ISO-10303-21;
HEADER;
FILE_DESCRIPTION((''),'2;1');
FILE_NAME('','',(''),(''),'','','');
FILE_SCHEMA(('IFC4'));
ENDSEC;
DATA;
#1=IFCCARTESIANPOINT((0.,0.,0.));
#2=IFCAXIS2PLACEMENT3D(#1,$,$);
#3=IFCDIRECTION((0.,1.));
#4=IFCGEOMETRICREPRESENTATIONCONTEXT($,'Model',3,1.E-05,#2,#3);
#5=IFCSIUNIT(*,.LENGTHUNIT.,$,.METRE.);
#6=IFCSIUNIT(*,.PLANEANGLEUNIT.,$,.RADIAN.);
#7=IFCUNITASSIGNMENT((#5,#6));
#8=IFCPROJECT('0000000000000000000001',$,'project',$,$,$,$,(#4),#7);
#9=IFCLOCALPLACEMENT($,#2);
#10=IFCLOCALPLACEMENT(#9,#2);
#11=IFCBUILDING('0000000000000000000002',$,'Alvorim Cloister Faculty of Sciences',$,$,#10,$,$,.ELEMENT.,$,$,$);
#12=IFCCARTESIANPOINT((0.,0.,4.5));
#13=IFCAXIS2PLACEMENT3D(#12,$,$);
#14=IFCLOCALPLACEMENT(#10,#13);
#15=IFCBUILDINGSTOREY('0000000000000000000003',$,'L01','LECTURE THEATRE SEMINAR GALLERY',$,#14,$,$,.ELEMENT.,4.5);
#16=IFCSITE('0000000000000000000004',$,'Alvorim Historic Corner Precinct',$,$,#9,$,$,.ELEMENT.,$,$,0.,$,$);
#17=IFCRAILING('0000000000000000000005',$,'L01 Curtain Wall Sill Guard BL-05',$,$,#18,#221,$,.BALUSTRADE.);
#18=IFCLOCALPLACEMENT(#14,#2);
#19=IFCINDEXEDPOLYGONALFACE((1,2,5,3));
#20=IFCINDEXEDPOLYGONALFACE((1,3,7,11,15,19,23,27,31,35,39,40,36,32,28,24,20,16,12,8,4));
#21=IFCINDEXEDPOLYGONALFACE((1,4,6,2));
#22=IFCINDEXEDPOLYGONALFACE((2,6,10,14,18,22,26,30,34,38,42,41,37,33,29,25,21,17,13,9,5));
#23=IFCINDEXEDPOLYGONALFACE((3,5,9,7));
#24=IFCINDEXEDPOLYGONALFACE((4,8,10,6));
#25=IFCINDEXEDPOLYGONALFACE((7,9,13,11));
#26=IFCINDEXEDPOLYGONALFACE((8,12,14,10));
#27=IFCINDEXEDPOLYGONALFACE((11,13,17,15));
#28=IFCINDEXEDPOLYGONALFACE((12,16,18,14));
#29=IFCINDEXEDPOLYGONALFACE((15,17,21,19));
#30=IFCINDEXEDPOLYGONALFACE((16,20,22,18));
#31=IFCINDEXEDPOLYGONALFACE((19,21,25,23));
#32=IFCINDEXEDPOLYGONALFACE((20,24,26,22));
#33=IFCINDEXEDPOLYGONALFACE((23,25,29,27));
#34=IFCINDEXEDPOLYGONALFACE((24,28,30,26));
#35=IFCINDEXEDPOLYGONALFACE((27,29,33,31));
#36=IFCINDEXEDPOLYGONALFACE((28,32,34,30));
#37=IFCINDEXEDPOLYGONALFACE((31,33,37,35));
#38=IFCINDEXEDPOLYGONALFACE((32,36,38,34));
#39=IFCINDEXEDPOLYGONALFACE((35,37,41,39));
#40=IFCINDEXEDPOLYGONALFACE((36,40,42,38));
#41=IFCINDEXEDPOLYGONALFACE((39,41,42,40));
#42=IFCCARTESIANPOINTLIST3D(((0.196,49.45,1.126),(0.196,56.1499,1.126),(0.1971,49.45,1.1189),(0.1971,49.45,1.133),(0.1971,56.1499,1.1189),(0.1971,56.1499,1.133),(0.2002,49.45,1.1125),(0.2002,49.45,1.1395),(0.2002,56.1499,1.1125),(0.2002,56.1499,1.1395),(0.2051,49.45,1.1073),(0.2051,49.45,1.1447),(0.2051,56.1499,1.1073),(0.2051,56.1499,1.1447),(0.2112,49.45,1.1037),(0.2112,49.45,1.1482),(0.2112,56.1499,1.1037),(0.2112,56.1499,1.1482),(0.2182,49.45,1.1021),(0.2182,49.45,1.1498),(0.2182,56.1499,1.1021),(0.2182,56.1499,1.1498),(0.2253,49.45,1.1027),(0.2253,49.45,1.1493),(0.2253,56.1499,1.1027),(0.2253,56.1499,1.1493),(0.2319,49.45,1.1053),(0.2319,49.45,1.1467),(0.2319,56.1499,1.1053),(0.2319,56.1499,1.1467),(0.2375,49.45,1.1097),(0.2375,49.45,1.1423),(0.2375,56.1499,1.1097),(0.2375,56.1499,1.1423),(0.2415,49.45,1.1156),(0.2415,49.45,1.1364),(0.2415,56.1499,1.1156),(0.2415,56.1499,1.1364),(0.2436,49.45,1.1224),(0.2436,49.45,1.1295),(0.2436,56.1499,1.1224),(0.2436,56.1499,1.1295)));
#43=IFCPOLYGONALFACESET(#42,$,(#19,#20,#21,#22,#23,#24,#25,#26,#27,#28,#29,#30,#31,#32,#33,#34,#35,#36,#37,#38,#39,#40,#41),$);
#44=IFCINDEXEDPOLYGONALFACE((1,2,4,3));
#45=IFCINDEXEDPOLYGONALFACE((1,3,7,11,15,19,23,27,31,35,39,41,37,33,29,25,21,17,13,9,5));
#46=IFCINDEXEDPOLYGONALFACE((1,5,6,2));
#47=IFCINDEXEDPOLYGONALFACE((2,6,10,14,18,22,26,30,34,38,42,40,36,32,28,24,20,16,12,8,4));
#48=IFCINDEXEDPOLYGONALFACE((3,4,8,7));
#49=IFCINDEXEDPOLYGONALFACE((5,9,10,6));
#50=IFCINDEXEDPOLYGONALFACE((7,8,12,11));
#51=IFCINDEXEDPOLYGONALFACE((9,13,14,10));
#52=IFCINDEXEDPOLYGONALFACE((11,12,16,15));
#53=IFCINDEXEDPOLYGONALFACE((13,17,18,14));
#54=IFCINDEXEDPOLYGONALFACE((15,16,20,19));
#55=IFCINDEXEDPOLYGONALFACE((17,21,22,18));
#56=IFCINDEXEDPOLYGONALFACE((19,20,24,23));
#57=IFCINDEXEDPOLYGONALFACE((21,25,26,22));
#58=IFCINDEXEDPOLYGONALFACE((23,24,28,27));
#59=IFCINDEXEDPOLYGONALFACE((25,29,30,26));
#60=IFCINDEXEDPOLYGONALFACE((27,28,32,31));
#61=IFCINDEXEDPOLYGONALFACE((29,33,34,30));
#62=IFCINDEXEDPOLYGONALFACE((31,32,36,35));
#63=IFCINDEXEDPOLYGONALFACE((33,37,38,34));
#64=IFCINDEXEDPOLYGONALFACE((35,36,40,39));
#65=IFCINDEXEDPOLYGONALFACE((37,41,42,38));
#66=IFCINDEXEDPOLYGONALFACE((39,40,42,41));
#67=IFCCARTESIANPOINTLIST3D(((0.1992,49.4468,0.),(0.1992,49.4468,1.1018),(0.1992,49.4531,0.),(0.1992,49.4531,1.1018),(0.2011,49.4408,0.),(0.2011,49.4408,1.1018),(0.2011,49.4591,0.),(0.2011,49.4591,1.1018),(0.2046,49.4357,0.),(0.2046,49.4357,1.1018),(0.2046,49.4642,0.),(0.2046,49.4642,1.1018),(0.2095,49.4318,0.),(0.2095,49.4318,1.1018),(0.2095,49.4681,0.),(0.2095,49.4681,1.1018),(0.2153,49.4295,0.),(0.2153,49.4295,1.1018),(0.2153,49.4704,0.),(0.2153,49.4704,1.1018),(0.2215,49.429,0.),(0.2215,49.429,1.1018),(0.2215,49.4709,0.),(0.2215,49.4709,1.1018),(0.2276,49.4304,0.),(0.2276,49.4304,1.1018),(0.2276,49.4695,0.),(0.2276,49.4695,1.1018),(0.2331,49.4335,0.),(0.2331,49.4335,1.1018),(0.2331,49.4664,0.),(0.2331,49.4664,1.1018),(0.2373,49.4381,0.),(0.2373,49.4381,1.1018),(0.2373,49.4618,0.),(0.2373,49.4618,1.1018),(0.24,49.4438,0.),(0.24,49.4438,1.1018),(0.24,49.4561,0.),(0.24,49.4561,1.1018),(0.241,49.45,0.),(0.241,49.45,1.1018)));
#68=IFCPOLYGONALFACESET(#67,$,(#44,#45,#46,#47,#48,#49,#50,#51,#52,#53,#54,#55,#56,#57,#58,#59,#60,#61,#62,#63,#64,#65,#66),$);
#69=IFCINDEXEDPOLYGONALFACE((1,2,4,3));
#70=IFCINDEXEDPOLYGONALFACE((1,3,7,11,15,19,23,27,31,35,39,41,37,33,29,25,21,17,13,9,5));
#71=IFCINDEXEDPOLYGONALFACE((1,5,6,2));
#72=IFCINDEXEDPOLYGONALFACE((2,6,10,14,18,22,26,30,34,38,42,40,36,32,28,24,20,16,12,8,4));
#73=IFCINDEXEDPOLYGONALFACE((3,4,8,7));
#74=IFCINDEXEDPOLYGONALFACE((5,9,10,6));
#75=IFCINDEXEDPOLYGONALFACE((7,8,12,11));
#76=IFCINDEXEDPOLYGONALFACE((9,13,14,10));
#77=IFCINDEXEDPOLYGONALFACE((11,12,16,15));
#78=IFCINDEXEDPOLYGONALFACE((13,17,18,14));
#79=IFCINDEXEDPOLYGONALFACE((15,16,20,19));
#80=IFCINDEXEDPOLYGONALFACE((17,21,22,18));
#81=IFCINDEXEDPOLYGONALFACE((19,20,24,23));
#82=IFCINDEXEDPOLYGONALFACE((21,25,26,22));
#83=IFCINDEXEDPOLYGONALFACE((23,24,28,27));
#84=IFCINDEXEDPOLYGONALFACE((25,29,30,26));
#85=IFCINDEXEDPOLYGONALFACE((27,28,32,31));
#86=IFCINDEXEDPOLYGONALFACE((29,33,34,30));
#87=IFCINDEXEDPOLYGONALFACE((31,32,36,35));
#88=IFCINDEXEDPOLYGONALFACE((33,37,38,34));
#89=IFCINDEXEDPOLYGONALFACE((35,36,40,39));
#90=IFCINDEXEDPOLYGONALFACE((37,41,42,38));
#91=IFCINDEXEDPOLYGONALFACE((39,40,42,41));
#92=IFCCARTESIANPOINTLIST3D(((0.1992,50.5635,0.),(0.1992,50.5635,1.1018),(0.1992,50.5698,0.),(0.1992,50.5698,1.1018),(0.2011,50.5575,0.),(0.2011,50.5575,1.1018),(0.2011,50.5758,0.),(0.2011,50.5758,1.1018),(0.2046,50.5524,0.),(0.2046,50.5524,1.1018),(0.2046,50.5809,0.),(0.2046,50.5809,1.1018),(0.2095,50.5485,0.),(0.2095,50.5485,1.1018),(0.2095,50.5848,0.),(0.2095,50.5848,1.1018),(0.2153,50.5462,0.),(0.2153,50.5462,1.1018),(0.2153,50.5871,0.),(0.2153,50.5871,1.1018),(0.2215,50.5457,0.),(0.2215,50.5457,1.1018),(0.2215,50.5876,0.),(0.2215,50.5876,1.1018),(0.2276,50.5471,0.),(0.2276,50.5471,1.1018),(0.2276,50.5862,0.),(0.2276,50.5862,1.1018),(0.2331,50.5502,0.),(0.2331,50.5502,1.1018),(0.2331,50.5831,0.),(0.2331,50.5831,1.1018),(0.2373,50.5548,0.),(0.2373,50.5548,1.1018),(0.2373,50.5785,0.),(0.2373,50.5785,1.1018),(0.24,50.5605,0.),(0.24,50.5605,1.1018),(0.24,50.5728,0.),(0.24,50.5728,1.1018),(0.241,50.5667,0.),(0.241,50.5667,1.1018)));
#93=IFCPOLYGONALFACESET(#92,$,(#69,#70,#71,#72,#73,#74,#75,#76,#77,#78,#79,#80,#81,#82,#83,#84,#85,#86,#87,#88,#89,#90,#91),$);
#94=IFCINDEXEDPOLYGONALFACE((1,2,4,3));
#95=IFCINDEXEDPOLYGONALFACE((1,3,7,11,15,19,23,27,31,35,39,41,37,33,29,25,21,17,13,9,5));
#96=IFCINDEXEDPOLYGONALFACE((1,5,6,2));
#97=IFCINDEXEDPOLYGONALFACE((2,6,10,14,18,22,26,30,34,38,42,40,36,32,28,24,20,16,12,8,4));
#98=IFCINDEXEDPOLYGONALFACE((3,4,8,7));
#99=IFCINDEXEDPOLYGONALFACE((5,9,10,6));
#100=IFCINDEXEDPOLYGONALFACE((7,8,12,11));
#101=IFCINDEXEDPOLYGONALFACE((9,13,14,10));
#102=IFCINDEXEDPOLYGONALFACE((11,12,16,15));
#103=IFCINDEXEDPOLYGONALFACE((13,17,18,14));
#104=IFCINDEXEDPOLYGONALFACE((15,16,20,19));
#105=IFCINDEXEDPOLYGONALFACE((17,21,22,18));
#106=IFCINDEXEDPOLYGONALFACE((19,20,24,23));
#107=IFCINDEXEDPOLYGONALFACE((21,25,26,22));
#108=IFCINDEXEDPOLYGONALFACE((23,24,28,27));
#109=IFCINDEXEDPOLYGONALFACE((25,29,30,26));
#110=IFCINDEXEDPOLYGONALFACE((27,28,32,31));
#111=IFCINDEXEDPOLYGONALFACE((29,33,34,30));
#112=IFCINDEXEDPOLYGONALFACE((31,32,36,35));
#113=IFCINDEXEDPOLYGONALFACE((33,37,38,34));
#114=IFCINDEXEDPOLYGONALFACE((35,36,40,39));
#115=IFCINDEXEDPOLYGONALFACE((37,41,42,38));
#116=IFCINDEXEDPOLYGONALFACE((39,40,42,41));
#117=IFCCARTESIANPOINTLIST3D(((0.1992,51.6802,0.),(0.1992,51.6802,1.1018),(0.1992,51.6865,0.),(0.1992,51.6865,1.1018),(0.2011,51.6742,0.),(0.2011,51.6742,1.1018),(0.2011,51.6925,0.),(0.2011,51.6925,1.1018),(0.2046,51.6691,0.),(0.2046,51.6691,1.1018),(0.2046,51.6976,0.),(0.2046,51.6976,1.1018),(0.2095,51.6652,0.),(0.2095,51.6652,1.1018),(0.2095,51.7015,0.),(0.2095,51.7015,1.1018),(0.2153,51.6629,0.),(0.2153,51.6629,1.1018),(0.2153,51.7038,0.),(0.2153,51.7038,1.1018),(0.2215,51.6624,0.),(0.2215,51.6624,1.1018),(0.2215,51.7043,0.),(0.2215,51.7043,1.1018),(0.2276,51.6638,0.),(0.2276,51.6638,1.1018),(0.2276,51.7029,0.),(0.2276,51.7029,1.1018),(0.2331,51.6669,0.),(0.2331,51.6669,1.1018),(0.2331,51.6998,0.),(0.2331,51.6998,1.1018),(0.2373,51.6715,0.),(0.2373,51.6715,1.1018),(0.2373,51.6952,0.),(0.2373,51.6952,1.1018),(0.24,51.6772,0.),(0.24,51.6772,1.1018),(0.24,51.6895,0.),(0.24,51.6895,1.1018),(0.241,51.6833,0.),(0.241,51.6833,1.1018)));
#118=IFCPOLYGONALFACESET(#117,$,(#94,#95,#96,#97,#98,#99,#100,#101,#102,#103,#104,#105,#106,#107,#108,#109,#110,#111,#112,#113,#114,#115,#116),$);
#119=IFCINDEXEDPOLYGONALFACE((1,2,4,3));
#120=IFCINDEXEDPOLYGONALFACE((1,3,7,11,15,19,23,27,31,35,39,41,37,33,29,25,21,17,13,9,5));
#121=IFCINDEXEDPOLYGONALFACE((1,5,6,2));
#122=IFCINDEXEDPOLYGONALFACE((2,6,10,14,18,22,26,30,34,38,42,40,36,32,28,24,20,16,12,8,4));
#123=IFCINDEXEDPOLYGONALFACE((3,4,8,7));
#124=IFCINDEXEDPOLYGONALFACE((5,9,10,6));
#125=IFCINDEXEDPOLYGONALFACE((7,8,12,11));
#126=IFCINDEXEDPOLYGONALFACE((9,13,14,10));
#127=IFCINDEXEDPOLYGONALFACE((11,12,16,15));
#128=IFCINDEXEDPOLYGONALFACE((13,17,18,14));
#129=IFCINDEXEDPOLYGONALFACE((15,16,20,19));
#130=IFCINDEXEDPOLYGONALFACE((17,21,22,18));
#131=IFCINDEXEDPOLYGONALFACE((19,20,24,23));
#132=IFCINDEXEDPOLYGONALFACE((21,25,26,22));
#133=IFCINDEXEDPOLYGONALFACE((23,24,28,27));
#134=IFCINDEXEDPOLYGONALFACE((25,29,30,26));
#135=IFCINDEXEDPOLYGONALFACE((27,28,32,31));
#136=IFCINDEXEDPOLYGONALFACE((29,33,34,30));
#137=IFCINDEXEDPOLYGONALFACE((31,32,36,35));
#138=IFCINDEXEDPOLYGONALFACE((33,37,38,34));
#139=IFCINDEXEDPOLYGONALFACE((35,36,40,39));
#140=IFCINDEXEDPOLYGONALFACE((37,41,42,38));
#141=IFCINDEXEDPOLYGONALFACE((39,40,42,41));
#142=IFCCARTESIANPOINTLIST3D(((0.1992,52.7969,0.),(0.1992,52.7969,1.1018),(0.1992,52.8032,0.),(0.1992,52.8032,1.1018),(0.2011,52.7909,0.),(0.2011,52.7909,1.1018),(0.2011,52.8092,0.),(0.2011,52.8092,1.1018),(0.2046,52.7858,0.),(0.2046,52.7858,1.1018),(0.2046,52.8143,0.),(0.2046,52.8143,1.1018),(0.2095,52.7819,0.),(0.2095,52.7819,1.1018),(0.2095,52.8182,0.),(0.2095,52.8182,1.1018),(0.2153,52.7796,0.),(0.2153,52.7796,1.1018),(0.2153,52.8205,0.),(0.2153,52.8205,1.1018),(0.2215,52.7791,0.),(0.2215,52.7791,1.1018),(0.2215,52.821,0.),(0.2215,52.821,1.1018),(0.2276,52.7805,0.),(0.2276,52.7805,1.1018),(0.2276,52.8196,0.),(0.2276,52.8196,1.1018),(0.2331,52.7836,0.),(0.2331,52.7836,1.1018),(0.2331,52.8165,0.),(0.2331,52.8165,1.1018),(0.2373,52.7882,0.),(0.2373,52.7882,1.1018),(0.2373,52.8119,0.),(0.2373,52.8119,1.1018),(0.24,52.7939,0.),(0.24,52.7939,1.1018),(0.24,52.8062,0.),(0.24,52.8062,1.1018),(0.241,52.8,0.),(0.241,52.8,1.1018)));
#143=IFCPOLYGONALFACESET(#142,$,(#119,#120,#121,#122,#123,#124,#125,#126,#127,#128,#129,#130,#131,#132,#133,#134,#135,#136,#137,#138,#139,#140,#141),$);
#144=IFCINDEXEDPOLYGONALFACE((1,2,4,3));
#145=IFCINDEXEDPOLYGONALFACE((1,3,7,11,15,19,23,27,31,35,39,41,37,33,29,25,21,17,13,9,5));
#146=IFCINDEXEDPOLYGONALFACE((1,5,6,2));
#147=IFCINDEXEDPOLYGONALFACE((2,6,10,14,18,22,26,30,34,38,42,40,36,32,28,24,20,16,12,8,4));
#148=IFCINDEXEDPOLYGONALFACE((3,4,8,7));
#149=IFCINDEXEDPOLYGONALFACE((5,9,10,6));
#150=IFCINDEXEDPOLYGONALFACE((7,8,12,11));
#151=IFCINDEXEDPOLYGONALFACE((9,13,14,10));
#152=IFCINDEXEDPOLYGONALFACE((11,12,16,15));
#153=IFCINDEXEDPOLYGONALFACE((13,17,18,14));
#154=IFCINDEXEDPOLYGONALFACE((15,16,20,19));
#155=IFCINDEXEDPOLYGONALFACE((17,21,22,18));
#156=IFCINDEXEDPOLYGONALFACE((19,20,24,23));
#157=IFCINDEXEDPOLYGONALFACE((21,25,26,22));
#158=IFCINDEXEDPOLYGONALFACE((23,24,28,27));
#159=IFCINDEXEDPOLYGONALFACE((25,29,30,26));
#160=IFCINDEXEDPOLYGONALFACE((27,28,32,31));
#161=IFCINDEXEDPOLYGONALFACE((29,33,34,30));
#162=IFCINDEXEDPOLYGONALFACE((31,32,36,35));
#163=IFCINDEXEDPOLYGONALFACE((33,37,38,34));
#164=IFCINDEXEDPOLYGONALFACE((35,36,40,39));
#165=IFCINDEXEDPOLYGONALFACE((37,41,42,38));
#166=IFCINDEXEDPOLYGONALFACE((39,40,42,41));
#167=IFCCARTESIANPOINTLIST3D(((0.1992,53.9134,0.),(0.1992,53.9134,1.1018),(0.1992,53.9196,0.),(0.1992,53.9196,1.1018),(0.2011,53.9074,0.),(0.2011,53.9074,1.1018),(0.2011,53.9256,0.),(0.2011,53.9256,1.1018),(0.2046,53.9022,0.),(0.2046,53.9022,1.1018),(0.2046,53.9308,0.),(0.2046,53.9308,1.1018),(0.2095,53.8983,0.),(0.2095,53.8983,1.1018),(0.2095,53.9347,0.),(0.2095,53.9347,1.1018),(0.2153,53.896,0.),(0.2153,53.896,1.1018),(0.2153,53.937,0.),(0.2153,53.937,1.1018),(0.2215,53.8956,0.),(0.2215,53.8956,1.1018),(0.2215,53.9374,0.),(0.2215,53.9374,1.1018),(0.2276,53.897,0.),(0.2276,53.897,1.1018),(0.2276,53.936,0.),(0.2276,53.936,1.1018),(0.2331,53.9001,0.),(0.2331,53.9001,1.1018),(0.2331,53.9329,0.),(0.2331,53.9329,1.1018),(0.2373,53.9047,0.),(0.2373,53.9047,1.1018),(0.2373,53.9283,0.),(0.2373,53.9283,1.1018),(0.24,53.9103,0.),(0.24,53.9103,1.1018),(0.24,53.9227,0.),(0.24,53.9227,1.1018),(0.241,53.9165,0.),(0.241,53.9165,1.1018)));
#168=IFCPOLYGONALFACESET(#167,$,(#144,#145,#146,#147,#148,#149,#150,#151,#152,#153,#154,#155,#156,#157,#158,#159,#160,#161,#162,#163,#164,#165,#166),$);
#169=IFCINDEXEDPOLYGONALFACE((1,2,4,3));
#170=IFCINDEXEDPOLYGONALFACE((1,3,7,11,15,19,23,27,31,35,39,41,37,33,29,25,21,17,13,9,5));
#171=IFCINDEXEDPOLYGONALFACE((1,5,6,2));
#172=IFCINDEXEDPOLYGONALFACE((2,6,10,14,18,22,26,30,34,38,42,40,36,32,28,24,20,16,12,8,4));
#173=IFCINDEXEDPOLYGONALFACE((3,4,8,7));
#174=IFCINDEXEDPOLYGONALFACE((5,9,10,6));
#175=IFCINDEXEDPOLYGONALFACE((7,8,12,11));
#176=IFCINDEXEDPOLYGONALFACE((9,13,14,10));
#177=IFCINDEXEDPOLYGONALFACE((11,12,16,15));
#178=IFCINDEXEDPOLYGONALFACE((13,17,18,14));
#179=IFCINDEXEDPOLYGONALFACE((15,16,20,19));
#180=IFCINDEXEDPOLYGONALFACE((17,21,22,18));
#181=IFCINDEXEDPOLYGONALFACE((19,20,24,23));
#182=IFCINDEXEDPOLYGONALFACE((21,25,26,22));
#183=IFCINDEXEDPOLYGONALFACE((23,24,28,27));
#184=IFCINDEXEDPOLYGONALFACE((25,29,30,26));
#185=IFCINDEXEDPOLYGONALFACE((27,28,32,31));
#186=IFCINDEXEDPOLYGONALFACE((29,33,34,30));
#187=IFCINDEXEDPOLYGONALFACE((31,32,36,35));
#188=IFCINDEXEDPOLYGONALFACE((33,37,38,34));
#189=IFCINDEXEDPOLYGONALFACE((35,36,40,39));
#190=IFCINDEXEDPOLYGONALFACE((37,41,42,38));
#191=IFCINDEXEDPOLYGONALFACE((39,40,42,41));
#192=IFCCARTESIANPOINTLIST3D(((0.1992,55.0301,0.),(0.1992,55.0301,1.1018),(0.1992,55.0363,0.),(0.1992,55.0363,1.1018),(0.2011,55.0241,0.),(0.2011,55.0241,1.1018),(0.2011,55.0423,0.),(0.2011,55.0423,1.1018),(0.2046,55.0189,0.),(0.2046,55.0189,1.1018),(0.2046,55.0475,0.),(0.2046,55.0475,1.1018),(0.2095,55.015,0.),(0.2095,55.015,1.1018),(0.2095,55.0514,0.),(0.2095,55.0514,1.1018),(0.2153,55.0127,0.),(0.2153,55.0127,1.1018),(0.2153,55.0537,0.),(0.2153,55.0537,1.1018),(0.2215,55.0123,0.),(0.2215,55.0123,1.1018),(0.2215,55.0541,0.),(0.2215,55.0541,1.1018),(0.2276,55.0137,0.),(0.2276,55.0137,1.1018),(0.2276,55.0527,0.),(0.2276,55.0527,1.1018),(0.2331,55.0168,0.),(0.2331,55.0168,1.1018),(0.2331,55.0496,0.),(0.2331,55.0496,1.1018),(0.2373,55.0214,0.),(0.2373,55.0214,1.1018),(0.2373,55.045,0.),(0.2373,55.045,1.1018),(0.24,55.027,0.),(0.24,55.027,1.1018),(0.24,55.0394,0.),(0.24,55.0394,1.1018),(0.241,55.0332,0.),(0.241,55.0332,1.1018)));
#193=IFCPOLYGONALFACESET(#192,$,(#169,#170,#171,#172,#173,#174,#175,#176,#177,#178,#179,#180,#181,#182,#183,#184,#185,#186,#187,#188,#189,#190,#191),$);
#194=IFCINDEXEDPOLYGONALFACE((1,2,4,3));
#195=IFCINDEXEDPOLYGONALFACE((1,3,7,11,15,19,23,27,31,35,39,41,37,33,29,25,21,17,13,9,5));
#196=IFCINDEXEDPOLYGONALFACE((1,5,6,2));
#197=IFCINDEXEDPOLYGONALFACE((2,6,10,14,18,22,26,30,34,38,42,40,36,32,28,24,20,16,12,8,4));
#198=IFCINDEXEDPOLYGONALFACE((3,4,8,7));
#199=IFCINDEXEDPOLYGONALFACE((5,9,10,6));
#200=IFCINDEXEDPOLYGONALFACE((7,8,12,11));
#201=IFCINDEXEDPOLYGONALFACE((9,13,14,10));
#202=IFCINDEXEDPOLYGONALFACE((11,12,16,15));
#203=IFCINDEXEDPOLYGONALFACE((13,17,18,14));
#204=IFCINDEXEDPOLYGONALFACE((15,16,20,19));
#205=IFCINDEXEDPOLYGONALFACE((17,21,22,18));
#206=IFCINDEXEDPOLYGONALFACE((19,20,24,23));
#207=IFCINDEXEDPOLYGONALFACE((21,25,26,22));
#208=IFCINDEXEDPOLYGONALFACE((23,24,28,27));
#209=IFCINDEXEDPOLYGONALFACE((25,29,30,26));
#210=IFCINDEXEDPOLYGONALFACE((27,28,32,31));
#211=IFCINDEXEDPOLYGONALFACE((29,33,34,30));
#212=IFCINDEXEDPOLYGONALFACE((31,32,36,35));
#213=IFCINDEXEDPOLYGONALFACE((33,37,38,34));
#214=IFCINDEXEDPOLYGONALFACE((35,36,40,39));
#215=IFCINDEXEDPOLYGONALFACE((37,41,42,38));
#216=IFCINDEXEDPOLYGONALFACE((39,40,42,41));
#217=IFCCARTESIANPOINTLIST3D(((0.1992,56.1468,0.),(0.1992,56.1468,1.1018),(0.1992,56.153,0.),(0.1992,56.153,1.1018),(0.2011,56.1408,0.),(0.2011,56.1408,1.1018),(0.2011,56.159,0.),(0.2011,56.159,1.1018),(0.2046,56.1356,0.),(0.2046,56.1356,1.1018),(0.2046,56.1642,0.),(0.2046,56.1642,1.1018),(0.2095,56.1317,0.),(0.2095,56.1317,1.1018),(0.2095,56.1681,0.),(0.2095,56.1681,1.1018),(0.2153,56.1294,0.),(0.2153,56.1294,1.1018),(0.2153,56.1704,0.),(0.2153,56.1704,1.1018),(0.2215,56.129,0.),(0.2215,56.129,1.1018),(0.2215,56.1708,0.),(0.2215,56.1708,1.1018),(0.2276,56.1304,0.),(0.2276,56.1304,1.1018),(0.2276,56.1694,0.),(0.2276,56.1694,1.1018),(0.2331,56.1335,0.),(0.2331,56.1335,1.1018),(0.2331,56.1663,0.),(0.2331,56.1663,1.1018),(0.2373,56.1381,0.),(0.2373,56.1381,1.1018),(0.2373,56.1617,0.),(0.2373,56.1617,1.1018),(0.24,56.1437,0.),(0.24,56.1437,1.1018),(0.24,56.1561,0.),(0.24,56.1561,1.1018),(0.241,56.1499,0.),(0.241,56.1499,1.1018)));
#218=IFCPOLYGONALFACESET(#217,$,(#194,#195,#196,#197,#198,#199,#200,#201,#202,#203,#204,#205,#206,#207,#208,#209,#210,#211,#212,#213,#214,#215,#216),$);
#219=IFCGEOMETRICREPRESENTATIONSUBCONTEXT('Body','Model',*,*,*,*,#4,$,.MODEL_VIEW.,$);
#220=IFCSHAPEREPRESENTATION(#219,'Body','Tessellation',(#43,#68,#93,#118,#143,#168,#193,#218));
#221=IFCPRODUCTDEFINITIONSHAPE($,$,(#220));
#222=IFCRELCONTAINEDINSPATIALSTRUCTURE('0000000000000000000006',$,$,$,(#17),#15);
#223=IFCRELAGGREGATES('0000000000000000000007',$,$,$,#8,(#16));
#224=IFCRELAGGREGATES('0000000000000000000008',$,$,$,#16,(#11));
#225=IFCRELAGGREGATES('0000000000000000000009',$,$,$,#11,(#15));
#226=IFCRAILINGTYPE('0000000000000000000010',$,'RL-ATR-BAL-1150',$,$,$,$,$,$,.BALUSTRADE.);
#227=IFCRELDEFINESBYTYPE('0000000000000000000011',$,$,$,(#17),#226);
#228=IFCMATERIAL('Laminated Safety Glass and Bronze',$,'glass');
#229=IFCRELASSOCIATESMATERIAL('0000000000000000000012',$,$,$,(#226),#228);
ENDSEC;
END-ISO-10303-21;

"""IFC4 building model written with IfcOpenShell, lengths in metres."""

from ifc_helpers import new_model, si_unit, direction, frame, origin, origin_2d, place, context, subcontext, project, spatial, circle, extrude, material, type_object, element, save


model = new_model("IFC4")

# Units and contexts
model_context = context("Model", 3, precision=1e-05, world=origin(), true_north=direction((0.0, 1.0)))
body_context = subcontext(model_context, "Body", "Model", "MODEL_VIEW")
ifc_project = project(units=[si_unit("LENGTHUNIT", "METRE"), si_unit("PLANEANGLEUNIT", "RADIAN")], contexts=[model_context])

# Site, building, storey
site_placement = place(None, origin())
site = spatial("IfcSite", under=ifc_project, at=site_placement, Name="Alvorim Historic Corner Precinct", CompositionType="ELEMENT", RefElevation=0.0)
building_placement = place(site_placement, origin())
building = spatial("IfcBuilding", under=site, at=building_placement, Name="Alvorim Cloister Faculty of Sciences", CompositionType="ELEMENT")
storey_placement = place(building_placement, frame((0.0, 0.0, 4.5)))
storey = spatial("IfcBuildingStorey", under=building, at=storey_placement, Name="L01", Description="LECTURE THEATRE SEMINAR GALLERY", CompositionType="ELEMENT", Elevation=4.5)

# Railing
ifc_material_1 = material(Name="Laminated Safety Glass and Bronze", Category="glass")
railing_type = type_object("IfcRailingType", Name="RL-ATR-BAL-1150", PredefinedType="BALUSTRADE", material=ifc_material_1)
railing_1_placement = place(storey_placement, frame((0.22, 49.45, 0.0)))
element("IfcRailing", 1, at=railing_1_placement, inside=storey, type_object=railing_type, Name="L01 Curtain Wall Sill Guard BL-05", PredefinedType="BALUSTRADE", context=body_context, shape_type="SweptSolid", body=[
    extrude(circle(Radius=0.0239, at=origin_2d()), frame((0.0, 0.0, 1.126), z_axis=(0.0, 1.0, 0.0), x_axis=(-1.0, 0.0, 0.0)), (0.0, 0.0, 1.0), 6.7),
    extrude(circle(Radius=0.021, at=origin_2d()), origin(), (0.0, 0.0, 1.0), 1.1018),
    extrude(circle(Radius=0.021, at=origin_2d()), frame((0.0, 1.1167, 0.0)), (0.0, 0.0, 1.0), 1.1018),
    extrude(circle(Radius=0.021, at=origin_2d()), frame((0.0, 2.2334, 0.0)), (0.0, 0.0, 1.0), 1.1018),
    extrude(circle(Radius=0.021, at=origin_2d()), frame((0.0, 3.3501, 0.0)), (0.0, 0.0, 1.0), 1.1018),
    extrude(circle(Radius=0.021, at=origin_2d()), frame((0.0, 4.4666, 0.0)), (0.0, 0.0, 1.0), 1.1018),
    extrude(circle(Radius=0.021, at=origin_2d()), frame((0.0, 5.5833, 0.0)), (0.0, 0.0, 1.0), 1.1018),
    extrude(circle(Radius=0.021, at=origin_2d()), frame((0.0, 6.7, 0.0)), (0.0, 0.0, 1.0), 1.1018),
])

save(model, "model.ifc")
